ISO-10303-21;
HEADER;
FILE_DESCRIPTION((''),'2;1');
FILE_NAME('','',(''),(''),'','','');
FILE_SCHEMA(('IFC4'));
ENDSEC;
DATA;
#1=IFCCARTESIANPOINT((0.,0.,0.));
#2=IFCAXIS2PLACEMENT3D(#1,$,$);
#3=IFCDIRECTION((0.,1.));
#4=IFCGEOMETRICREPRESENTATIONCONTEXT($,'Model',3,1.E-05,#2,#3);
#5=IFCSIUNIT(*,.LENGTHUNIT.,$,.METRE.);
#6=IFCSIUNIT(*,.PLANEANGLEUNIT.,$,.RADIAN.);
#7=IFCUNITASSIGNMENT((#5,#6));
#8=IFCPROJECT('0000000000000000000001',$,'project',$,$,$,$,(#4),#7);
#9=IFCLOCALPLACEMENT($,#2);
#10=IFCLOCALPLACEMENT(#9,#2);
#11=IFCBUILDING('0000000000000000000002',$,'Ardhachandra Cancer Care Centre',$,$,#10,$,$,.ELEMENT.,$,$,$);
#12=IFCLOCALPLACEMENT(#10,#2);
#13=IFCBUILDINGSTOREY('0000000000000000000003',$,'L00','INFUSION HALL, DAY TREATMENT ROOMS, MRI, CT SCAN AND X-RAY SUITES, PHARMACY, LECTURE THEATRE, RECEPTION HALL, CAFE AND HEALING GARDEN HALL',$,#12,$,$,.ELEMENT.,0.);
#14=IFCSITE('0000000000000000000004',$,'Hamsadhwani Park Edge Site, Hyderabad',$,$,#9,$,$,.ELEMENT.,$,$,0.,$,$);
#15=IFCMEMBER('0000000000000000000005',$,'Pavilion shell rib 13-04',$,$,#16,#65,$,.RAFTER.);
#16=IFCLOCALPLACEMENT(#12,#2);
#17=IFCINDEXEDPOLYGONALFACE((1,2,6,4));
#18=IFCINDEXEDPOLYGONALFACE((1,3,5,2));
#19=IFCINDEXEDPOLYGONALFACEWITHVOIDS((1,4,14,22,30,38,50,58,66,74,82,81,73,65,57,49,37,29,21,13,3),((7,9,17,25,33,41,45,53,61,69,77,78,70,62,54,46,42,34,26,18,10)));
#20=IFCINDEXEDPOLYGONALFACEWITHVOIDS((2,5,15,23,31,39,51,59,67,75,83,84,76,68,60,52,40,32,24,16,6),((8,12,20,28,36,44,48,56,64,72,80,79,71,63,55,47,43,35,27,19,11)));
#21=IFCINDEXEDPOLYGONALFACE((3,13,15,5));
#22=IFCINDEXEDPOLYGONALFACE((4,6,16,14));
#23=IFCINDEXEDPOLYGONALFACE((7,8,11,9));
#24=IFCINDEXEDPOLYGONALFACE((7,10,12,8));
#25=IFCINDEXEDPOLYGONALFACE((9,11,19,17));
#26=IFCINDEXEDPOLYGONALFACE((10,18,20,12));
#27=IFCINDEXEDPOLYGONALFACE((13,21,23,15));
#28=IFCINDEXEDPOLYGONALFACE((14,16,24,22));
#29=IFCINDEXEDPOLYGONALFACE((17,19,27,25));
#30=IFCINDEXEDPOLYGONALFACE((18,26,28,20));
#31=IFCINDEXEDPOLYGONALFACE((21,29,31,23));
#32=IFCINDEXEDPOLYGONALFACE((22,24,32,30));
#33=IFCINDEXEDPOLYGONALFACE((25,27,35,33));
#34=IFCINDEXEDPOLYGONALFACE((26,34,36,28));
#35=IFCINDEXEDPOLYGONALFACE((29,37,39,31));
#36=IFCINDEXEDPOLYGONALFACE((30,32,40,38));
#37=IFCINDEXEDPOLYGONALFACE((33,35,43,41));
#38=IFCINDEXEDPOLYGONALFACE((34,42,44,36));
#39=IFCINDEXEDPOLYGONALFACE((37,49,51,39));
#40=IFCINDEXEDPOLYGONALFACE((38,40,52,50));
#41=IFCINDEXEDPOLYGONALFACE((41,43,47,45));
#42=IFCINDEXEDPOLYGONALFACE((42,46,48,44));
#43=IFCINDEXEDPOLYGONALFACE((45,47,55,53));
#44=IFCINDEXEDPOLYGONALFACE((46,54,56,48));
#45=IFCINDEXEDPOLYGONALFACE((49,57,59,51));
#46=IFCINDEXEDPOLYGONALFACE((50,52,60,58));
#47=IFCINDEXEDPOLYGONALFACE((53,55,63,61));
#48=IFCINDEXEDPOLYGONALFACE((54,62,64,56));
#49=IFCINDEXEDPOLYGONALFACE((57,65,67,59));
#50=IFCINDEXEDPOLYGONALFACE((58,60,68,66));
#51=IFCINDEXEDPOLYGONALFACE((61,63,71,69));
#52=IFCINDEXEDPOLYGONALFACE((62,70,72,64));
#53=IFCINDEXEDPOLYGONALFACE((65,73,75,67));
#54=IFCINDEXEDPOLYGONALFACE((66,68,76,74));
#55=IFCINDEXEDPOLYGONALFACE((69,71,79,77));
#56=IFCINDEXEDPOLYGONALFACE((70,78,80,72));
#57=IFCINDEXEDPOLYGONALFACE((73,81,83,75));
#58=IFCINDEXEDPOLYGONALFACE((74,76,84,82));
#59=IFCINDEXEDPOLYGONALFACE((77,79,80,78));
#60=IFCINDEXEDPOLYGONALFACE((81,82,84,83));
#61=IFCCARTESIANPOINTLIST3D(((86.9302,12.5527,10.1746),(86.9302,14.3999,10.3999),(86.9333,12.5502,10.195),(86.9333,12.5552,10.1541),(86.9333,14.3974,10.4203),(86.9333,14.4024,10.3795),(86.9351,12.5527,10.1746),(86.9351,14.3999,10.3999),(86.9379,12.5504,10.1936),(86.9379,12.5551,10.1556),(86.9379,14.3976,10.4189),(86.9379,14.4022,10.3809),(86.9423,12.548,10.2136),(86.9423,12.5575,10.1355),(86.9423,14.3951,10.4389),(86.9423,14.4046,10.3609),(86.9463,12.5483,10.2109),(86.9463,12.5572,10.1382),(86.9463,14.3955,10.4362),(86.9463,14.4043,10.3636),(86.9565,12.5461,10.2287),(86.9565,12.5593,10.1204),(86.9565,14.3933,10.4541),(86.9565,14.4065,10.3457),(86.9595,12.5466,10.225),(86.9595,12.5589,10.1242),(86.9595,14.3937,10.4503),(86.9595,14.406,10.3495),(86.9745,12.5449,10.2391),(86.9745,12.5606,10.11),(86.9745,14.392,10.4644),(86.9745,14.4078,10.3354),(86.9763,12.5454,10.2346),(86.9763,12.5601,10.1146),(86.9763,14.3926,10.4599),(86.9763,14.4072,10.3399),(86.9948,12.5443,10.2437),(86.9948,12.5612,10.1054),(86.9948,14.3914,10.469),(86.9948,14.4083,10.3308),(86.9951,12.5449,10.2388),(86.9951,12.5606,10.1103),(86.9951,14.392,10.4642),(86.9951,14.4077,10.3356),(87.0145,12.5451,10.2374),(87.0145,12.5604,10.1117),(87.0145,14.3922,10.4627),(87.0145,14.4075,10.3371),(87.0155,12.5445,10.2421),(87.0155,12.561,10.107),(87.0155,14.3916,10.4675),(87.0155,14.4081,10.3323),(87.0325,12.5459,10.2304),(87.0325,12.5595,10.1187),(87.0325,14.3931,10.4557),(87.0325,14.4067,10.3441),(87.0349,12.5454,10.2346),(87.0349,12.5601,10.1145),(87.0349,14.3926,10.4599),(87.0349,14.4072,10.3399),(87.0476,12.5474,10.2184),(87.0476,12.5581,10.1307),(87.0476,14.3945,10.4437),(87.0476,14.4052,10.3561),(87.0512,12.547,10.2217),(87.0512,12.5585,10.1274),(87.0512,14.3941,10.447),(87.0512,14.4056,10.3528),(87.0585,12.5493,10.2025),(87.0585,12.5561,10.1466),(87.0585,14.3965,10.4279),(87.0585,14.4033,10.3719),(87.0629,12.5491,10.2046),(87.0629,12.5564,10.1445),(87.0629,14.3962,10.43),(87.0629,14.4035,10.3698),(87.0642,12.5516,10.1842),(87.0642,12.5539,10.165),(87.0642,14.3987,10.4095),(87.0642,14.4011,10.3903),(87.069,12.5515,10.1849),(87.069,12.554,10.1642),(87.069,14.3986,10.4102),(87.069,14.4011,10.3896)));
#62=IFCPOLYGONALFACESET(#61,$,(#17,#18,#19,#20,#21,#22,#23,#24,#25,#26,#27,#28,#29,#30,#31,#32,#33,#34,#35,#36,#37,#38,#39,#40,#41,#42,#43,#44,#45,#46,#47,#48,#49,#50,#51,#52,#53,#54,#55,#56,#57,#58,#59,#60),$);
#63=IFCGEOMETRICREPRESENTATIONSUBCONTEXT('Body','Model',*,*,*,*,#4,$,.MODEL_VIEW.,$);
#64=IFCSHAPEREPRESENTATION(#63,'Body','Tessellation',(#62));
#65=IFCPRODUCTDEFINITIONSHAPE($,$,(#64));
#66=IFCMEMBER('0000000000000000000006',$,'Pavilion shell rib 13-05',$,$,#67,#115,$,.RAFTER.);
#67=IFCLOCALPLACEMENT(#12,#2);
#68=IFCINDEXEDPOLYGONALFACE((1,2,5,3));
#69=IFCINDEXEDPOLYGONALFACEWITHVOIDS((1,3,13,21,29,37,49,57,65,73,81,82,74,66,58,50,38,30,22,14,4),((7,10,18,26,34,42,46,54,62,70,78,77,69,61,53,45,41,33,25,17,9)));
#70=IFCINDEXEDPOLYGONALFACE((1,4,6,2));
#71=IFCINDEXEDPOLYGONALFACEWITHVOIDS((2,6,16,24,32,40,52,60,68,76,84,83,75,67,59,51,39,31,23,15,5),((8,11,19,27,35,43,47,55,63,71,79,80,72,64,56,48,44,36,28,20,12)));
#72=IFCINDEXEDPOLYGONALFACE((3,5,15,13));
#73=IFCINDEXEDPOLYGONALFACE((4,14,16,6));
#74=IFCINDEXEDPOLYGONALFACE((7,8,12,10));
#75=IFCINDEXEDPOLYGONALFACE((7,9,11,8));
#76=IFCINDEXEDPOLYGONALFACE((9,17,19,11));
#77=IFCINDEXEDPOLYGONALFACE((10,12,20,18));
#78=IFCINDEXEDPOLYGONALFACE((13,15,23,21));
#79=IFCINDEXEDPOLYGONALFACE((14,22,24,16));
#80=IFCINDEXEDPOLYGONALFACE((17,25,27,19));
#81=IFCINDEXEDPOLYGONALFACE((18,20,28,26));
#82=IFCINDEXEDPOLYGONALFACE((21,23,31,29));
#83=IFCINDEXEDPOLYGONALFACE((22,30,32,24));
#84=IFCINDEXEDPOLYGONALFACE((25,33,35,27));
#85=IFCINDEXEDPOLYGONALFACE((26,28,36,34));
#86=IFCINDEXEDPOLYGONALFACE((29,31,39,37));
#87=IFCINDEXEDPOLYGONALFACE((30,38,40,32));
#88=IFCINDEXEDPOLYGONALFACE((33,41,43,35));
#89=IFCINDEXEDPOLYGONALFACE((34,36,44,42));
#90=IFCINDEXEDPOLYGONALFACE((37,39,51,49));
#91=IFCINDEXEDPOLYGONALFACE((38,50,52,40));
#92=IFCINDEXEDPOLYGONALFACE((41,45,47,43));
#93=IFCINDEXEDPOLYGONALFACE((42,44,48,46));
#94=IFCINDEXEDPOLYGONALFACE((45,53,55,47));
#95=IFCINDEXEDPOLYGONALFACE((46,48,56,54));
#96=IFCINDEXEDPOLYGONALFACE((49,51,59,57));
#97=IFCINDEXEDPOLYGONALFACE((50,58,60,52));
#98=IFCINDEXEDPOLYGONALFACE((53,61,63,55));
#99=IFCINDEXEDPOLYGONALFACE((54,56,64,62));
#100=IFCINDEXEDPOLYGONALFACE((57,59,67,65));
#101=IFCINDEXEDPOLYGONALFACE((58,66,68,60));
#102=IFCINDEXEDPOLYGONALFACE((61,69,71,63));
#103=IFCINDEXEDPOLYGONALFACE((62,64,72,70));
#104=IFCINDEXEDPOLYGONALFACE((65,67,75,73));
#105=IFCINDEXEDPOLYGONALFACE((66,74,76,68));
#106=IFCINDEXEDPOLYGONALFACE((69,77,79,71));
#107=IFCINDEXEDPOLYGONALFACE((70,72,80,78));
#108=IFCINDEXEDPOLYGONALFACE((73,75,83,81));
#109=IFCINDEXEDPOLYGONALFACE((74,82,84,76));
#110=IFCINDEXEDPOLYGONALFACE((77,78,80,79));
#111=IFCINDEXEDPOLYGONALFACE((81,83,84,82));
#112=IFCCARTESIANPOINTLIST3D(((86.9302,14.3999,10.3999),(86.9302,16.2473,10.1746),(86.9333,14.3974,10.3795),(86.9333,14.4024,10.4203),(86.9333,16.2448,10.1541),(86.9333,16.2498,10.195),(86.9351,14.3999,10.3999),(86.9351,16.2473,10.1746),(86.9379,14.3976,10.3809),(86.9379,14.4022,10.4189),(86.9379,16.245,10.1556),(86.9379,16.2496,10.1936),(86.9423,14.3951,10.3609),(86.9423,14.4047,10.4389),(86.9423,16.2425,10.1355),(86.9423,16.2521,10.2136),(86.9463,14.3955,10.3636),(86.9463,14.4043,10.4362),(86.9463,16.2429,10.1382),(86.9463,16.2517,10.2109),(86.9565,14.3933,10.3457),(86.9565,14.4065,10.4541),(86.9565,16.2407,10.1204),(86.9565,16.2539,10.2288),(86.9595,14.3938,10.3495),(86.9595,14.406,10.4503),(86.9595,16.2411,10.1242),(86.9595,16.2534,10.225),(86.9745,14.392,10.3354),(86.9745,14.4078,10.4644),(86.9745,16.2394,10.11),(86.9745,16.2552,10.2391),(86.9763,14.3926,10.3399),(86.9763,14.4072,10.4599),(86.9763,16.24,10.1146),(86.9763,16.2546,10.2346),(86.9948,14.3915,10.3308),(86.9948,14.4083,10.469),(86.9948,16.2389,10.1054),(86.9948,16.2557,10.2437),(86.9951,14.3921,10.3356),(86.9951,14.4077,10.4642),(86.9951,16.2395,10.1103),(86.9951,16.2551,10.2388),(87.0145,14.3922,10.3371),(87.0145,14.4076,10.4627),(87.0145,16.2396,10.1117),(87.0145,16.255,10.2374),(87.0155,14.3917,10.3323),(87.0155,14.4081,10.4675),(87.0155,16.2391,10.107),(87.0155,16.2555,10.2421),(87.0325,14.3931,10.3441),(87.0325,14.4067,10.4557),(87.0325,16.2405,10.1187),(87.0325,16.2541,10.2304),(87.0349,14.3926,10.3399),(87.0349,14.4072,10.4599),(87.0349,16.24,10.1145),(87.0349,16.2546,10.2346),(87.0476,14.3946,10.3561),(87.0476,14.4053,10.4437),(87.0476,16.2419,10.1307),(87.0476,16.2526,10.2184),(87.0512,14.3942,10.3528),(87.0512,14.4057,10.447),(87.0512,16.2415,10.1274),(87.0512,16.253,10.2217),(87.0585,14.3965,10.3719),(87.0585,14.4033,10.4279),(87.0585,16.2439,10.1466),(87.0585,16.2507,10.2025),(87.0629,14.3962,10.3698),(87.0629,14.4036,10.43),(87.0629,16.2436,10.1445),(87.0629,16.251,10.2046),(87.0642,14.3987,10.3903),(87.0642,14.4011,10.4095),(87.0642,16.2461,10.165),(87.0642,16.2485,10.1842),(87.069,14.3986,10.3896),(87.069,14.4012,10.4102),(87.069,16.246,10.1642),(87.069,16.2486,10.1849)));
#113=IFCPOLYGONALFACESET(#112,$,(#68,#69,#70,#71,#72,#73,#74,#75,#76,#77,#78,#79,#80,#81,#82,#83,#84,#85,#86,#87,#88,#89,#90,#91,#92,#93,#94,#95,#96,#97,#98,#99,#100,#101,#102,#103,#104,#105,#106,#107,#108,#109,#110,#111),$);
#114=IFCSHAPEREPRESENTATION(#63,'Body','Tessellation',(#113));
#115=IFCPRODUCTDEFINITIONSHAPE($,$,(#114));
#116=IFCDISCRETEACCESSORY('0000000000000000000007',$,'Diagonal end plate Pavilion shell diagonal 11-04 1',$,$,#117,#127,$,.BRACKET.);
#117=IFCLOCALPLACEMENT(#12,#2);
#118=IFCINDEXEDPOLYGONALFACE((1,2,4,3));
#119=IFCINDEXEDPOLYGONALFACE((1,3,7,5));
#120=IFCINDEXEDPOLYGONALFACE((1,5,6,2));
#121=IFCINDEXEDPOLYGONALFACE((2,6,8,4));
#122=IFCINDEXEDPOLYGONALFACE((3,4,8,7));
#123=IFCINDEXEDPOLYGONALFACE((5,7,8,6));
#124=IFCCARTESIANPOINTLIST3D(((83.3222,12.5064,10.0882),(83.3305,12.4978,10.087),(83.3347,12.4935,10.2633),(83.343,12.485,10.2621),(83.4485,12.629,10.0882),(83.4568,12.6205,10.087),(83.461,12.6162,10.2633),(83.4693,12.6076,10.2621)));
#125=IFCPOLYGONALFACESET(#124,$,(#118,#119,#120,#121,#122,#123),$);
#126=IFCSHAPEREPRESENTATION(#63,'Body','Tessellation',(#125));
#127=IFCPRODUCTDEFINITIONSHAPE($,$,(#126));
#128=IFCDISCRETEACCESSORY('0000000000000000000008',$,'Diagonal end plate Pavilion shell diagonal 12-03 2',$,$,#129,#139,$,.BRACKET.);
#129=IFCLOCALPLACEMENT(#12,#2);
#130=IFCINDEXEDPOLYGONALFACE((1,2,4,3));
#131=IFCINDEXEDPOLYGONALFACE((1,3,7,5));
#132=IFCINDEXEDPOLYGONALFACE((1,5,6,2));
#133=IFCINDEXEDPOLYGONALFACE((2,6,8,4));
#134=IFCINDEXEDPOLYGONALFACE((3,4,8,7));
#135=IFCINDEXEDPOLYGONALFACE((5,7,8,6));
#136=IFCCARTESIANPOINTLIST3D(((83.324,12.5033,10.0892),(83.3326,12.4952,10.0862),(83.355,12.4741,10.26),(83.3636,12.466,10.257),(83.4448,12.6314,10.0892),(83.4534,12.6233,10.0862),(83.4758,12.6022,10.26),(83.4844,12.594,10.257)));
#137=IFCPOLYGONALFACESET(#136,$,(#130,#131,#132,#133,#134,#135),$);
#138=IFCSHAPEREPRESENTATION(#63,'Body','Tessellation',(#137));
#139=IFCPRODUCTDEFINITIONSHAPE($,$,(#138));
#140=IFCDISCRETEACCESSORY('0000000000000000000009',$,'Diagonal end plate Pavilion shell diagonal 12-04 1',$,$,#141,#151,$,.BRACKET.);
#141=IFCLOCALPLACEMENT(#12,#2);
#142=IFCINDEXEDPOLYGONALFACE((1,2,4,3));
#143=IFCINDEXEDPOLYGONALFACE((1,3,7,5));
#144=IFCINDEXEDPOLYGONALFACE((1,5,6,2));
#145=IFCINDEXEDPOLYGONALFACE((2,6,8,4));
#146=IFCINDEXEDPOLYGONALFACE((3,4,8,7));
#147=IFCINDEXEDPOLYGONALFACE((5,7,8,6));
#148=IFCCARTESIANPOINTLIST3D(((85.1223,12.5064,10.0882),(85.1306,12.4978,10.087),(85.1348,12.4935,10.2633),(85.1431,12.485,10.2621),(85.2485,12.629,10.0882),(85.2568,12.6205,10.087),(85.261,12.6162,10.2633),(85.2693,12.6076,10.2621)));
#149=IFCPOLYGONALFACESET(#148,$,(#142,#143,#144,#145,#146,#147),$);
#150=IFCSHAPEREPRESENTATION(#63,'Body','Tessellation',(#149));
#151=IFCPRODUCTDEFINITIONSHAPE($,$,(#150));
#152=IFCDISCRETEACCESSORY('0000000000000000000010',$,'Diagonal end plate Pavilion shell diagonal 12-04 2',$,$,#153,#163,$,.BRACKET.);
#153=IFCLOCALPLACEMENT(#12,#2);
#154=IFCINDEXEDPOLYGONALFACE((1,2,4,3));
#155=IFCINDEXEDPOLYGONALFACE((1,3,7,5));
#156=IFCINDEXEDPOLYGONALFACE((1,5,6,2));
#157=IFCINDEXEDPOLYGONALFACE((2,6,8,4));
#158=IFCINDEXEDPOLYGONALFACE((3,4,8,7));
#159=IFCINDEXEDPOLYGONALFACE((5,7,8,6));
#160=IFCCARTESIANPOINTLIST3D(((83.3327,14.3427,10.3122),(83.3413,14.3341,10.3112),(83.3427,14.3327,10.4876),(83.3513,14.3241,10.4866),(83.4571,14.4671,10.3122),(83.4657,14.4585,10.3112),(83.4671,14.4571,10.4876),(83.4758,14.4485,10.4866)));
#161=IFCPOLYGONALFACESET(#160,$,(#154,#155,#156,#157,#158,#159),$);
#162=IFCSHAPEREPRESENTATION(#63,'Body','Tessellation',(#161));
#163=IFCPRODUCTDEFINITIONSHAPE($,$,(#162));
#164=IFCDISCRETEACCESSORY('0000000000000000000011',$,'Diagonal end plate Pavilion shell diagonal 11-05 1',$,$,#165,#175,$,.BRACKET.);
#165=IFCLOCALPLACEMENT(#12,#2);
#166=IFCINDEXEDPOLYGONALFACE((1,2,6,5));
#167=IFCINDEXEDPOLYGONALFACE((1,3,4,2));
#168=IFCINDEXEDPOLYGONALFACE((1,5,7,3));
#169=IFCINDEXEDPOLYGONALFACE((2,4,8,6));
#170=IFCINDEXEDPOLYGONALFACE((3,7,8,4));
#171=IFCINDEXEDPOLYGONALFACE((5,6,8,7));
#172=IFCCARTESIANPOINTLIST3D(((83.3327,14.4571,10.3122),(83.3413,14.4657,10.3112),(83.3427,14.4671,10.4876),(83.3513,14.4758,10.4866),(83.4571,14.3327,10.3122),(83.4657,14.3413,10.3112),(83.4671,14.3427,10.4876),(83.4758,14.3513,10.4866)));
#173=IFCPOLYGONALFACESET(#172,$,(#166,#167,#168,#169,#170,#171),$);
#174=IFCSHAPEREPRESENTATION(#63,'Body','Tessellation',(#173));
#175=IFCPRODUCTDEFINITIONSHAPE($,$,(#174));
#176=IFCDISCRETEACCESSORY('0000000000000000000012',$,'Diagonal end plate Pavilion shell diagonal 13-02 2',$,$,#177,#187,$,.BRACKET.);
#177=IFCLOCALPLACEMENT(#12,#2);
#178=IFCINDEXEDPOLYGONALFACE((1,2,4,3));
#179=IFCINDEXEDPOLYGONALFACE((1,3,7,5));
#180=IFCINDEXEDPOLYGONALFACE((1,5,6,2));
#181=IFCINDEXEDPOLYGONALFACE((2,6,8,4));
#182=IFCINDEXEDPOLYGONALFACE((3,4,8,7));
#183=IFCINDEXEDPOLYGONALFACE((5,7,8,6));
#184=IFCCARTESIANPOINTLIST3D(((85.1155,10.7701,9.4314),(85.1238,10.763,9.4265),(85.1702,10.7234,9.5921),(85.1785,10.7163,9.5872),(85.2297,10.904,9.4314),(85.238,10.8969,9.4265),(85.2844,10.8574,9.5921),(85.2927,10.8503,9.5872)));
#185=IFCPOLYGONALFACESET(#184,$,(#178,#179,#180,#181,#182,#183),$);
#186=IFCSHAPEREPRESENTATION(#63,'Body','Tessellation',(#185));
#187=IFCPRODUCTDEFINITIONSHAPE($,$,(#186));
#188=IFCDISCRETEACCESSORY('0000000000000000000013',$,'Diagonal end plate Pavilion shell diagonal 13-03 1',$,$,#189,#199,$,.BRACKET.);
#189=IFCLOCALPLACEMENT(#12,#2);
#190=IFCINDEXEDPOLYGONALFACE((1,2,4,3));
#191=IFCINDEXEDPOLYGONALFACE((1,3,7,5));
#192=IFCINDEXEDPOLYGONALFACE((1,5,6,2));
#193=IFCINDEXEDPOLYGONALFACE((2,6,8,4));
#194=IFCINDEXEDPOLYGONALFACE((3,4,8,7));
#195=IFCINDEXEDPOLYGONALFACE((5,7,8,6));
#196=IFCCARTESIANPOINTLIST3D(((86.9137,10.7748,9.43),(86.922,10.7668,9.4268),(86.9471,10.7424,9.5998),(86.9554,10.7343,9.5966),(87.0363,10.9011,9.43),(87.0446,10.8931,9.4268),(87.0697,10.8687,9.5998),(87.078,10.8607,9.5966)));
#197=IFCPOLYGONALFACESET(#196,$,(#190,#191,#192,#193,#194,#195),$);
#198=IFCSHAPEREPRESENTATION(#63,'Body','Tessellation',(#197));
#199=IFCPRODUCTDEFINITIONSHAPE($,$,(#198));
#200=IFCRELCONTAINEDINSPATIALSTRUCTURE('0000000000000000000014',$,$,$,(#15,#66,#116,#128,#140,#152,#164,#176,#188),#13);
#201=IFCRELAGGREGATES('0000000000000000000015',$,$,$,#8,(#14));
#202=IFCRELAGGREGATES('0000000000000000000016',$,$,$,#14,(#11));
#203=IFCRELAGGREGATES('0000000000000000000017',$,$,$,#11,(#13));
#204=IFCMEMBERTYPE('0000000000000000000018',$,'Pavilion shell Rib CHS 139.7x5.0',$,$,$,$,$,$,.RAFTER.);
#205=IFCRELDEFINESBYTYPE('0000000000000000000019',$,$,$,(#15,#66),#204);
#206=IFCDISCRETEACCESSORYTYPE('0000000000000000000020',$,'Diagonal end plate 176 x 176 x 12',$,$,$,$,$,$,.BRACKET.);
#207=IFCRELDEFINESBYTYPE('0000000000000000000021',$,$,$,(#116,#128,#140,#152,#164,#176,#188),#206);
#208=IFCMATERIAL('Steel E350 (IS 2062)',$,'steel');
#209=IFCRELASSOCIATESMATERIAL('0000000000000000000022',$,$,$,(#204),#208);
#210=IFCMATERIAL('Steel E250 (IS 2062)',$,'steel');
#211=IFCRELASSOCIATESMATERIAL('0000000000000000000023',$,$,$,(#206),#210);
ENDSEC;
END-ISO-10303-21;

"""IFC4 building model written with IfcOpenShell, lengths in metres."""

from ifc_helpers import new_model, si_unit, direction, frame, origin, origin_2d, place, context, subcontext, project, spatial, rectangle, hollow_circle, extrude, material, material_profile, profile_set, type_object, element, save


model = new_model("IFC4")

# Units and contexts
model_context = context("Model", 3, precision=1e-05, world=origin(), true_north=direction((0.0, 1.0)))
body_context = subcontext(model_context, "Body", "Model", "MODEL_VIEW")
ifc_project = project(units=[si_unit("LENGTHUNIT", "METRE"), si_unit("PLANEANGLEUNIT", "RADIAN")], contexts=[model_context])

# Site, building, storey
site_placement = place(None, origin())
site = spatial("IfcSite", under=ifc_project, at=site_placement, Name="Hamsadhwani Park Edge Site, Hyderabad", CompositionType="ELEMENT", RefElevation=0.0)
building_placement = place(site_placement, origin())
building = spatial("IfcBuilding", under=site, at=building_placement, Name="Ardhachandra Cancer Care Centre", CompositionType="ELEMENT")
storey_placement = place(building_placement, origin())
storey = spatial("IfcBuildingStorey", under=building, at=storey_placement, Name="L00", Description="INFUSION HALL, DAY TREATMENT ROOMS, MRI, CT SCAN AND X-RAY SUITES, PHARMACY, LECTURE THEATRE, RECEPTION HALL, CAFE AND HEALING GARDEN HALL", CompositionType="ELEMENT", Elevation=0.0)

# Members
ifc_material_1 = material(Name="Steel E350 (IS 2062)", Category="steel")
ifc_material_profile_1 = material_profile(ifc_material_1, hollow_circle(Radius=0.0698, WallThickness=0.0049, at=origin_2d()), Name="CHS 139.7x5.0")
ifc_profile_set_1 = profile_set([ifc_material_profile_1], Name="Steel E350 (IS 2062)")
member_type_1 = type_object("IfcMemberType", Name="Pavilion shell Rib CHS 139.7x5.0", PredefinedType="RAFTER", material=ifc_profile_set_1)
member_1_placement = place(storey_placement, frame((87.0, 12.5527, 10.1746), z_axis=(0.0, 0.992641, 0.121095), x_axis=(-1.0, 0.0, 0.0)))
element("IfcMember", 1, at=member_1_placement, inside=storey, type_object=member_type_1, Name="Pavilion shell rib 13-04", PredefinedType="RAFTER", context=body_context, shape_type="SweptSolid", body=[
    extrude(hollow_circle(Radius=0.0698, WallThickness=0.0049, at=origin_2d()), origin(), (0.0, 0.0, 1.0), 1.8608),
])
member_2_placement = place(storey_placement, frame((87.0, 14.3999, 10.3999), z_axis=(0.0, 0.992643, -0.12108), x_axis=(-1.0, 0.0, 0.0)))
element("IfcMember", 2, at=member_2_placement, inside=storey, type_object=member_type_1, Name="Pavilion shell rib 13-05", PredefinedType="RAFTER", context=body_context, shape_type="SweptSolid", body=[
    extrude(hollow_circle(Radius=0.0698, WallThickness=0.0049, at=origin_2d()), origin(), (0.0, 0.0, 1.0), 1.8611),
])

# Discrete accessories
ifc_material_2 = material(Name="Steel E250 (IS 2062)", Category="steel")
ifc_material_profile_2 = material_profile(ifc_material_2, rectangle(XDim=0.176, YDim=0.176, at=origin_2d()), Name="PL 176x176x12")
ifc_profile_set_2 = profile_set([ifc_material_profile_2], Name="Steel E250 (IS 2062)")
discrete_accessory_type = type_object("IfcDiscreteAccessoryType", Name="Diagonal end plate 176 x 176 x 12", PredefinedType="BRACKET", material=ifc_profile_set_2)
discrete_accessory_1_placement = place(storey_placement, frame((83.3999, 12.5527, 10.1746), z_axis=(-0.693156, 0.713543, 0.101935), x_axis=(-0.717279, -0.696786, 0.0)))
element("IfcDiscreteAccessory", 3, at=discrete_accessory_1_placement, inside=storey, type_object=discrete_accessory_type, Name="Diagonal end plate Pavilion shell diagonal 11-04 1", PredefinedType="BRACKET", context=body_context, shape_type="SweptSolid", body=[
    extrude(rectangle(XDim=0.176, YDim=0.176, at=origin_2d()), origin(), (0.0, 0.0, 1.0), 0.012),
])
discrete_accessory_2_placement = place(storey_placement, frame((83.3999, 12.5527, 10.1746), z_axis=(0.705955, -0.665615, -0.242042), x_axis=(0.686013, 0.727589, 0.0)))
element("IfcDiscreteAccessory", 4, at=discrete_accessory_2_placement, inside=storey, type_object=discrete_accessory_type, Name="Diagonal end plate Pavilion shell diagonal 12-03 2", PredefinedType="BRACKET", context=body_context, shape_type="SweptSolid", body=[
    extrude(rectangle(XDim=0.176, YDim=0.176, at=origin_2d()), origin(), (0.0, 0.0, 1.0), 0.0122),
])
discrete_accessory_3_placement = place(storey_placement, frame((85.2, 12.5527, 10.1746), z_axis=(-0.693156, 0.713543, 0.101935), x_axis=(-0.717279, -0.696786, 0.0)))
element("IfcDiscreteAccessory", 5, at=discrete_accessory_3_placement, inside=storey, type_object=discrete_accessory_type, Name="Diagonal end plate Pavilion shell diagonal 12-04 1", PredefinedType="BRACKET", context=body_context, shape_type="SweptSolid", body=[
    extrude(rectangle(XDim=0.176, YDim=0.176, at=origin_2d()), origin(), (0.0, 0.0, 1.0), 0.012),
])
for number, where, z_axis, x_axis, name in (
    (6, (83.3999, 14.3999, 10.3999), (0.704809, -0.704809, -0.08055), (0.707107, 0.707107, 0.0), "Diagonal end plate Pavilion shell diagonal 12-04 2"),
    (7, (83.3999, 14.3999, 10.3999), (0.704809, 0.704809, -0.08055), (-0.707107, 0.707107, 0.0), "Diagonal end plate Pavilion shell diagonal 11-05 1"),
):
    element("IfcDiscreteAccessory", number, at=place(storey_placement, frame(where, z_axis=z_axis, x_axis=x_axis)), inside=storey, type_object=discrete_accessory_type, Name=name, PredefinedType="BRACKET", context=body_context, shape_type="SweptSolid", body=[
        extrude(rectangle(XDim=0.176, YDim=0.176, at=origin_2d()), origin(), (0.0, 0.0, 1.0), 0.0122),
    ])
for number, where, z_axis, x_axis, name in (
    (8, (85.2, 10.8137, 9.5117), (0.694456, -0.59233, -0.408504), (0.648947, 0.760834, 0.0), "Diagonal end plate Pavilion shell diagonal 13-02 2"),
    (9, (87.0, 10.8137, 9.5117), (-0.692007, 0.671654, 0.264591), (-0.696475, -0.717581, 0.0), "Diagonal end plate Pavilion shell diagonal 13-03 1"),
):
    element("IfcDiscreteAccessory", number, at=place(storey_placement, frame(where, z_axis=z_axis, x_axis=x_axis)), inside=storey, type_object=discrete_accessory_type, Name=name, PredefinedType="BRACKET", context=body_context, shape_type="SweptSolid", body=[
        extrude(rectangle(XDim=0.176, YDim=0.176, at=origin_2d()), origin(), (0.0, 0.0, 1.0), 0.012),
    ])

save(model, "model.ifc")
